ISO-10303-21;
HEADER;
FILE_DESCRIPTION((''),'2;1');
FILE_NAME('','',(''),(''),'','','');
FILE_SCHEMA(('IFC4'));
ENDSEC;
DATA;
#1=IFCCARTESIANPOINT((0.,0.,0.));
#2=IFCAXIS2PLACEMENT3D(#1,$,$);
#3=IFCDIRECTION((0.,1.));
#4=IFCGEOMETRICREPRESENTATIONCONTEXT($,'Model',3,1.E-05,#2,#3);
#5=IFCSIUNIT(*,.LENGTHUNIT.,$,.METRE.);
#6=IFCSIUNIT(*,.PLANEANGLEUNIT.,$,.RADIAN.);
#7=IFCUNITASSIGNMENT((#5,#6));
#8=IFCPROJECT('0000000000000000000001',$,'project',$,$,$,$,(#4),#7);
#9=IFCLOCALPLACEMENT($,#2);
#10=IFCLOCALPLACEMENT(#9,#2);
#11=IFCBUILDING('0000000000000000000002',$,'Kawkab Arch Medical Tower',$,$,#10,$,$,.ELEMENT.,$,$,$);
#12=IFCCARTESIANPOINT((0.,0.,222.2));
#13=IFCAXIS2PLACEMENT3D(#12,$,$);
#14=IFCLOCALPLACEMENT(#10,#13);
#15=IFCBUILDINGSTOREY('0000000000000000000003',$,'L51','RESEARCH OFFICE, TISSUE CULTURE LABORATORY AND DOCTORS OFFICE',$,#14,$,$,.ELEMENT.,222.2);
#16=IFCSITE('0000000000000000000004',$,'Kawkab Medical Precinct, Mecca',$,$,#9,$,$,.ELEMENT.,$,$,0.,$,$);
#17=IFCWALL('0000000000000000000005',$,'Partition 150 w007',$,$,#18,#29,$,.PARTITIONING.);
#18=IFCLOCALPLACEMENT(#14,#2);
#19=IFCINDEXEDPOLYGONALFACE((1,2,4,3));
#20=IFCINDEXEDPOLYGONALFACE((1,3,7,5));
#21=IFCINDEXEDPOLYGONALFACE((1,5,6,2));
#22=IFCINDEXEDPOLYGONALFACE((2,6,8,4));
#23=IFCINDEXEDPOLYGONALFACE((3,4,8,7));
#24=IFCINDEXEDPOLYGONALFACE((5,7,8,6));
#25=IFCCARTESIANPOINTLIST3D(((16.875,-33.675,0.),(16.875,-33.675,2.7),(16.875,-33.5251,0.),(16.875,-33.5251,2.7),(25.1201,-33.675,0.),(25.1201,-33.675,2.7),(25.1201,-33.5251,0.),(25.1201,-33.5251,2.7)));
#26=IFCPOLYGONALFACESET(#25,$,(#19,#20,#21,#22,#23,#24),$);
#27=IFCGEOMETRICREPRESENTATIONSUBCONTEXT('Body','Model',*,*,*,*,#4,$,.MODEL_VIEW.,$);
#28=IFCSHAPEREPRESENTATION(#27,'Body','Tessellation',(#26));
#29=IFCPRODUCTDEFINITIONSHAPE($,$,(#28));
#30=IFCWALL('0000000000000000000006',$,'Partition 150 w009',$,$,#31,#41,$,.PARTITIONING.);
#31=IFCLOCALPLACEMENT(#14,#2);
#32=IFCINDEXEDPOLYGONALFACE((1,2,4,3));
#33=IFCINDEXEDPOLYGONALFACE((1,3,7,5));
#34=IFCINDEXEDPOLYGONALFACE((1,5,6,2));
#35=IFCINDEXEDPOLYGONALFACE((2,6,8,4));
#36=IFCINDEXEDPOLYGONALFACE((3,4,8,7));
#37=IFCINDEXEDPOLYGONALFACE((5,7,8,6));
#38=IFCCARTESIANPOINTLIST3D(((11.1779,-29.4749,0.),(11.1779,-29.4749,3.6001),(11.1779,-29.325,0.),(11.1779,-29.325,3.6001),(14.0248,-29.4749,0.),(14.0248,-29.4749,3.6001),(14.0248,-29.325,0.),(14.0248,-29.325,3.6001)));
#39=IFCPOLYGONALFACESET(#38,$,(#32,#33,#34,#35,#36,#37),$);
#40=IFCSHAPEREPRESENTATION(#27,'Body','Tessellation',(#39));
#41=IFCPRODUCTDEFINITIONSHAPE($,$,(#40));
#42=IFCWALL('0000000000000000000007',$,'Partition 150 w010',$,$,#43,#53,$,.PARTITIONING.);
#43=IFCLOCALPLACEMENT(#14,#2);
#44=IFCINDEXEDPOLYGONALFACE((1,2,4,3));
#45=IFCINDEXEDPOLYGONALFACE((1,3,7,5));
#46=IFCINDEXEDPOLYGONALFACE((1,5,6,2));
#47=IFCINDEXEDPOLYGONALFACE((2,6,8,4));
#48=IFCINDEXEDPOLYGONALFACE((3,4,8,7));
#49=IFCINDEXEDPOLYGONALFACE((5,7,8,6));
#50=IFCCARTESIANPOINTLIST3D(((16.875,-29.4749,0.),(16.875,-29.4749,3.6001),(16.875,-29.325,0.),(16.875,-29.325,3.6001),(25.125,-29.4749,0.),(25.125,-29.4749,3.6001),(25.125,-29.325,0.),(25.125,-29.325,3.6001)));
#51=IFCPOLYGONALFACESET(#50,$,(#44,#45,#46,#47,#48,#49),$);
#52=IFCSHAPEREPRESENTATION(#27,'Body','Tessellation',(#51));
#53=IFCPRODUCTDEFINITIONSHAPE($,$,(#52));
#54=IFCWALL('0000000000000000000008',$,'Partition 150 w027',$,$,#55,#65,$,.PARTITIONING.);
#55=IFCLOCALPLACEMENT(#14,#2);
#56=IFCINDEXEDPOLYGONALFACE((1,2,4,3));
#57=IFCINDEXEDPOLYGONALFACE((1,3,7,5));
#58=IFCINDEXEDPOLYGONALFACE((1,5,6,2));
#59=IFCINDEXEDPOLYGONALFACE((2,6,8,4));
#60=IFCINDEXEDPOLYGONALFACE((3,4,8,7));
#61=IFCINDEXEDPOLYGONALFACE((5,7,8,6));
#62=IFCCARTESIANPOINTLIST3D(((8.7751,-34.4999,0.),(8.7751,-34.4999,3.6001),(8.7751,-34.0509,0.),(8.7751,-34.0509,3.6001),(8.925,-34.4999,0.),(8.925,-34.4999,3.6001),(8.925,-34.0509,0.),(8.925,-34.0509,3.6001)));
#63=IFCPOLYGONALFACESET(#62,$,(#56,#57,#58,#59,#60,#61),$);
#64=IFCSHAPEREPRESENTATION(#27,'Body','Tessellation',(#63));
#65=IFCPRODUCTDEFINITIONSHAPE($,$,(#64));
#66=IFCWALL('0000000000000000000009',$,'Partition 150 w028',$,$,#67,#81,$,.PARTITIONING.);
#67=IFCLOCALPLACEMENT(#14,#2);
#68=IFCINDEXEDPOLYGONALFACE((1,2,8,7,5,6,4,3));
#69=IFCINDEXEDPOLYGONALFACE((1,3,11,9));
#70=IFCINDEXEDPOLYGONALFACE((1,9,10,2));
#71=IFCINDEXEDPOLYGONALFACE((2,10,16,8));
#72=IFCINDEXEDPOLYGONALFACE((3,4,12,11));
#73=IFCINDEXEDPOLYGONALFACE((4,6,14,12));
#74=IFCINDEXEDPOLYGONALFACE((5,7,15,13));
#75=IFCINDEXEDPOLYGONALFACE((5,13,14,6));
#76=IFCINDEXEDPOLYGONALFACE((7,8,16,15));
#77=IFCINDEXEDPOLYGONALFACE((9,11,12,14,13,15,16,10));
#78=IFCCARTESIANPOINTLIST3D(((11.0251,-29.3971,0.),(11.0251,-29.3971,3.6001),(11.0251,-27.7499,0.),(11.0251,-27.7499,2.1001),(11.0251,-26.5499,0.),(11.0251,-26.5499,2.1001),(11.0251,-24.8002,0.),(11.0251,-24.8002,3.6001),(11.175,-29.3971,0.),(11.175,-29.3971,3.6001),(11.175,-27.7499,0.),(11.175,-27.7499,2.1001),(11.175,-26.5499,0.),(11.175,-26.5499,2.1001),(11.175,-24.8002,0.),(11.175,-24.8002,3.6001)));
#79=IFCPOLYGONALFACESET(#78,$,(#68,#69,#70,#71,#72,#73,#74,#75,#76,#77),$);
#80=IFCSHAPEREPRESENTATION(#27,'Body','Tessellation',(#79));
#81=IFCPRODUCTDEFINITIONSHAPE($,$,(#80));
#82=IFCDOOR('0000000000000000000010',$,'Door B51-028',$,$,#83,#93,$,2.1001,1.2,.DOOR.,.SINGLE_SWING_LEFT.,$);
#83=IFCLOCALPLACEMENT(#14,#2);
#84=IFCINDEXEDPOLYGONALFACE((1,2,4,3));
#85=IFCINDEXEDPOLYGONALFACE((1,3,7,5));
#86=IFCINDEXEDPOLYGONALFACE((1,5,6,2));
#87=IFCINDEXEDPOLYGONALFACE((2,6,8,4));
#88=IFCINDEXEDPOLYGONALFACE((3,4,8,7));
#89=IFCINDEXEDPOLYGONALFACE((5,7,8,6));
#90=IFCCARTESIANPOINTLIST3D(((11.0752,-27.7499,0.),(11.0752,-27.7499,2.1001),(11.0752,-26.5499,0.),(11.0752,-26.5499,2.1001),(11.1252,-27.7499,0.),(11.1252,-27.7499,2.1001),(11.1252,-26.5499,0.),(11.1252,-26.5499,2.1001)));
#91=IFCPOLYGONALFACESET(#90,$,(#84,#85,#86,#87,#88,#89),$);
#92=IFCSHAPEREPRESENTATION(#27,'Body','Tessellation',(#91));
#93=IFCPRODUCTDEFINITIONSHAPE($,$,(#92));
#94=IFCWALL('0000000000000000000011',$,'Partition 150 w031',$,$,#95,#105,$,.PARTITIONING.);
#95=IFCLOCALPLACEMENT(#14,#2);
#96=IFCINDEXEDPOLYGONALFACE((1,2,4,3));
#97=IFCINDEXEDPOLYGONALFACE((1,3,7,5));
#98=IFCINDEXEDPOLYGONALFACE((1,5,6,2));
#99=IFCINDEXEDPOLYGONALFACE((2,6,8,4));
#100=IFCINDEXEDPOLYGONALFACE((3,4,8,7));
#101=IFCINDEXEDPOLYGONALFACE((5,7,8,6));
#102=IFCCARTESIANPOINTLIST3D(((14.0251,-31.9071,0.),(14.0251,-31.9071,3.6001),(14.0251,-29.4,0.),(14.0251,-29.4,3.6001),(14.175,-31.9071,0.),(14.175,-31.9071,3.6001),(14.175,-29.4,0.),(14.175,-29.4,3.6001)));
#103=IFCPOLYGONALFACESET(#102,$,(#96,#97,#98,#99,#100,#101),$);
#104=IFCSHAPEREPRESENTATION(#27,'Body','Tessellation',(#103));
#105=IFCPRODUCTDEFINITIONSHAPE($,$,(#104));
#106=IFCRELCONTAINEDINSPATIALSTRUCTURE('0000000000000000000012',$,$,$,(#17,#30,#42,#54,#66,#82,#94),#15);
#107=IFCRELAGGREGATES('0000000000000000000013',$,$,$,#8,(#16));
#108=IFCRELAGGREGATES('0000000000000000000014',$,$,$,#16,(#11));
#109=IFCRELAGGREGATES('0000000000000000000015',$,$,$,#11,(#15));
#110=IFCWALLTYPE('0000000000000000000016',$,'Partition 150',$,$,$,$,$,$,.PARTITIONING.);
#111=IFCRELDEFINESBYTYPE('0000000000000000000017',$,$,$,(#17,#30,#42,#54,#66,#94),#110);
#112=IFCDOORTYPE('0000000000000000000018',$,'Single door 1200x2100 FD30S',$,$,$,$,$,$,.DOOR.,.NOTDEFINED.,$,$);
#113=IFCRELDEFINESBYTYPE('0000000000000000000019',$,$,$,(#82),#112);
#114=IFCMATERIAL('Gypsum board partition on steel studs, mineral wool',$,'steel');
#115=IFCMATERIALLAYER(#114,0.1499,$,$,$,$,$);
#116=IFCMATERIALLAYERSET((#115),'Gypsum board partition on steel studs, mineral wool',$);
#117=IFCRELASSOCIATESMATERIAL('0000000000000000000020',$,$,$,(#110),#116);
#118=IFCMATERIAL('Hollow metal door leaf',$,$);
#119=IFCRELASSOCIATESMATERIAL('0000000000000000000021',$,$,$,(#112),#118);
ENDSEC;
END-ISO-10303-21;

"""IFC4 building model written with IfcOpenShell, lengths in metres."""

from ifc_helpers import new_model, si_unit, direction, frame, frame_2d, origin, place, context, subcontext, project, spatial, rectangle, extrude, material, layer, layer_set, type_object, element, fill, save


model = new_model("IFC4")

# Units and contexts
model_context = context("Model", 3, precision=1e-05, world=origin(), true_north=direction((0.0, 1.0)))
body_context = subcontext(model_context, "Body", "Model", "MODEL_VIEW")
ifc_project = project(units=[si_unit("LENGTHUNIT", "METRE"), si_unit("PLANEANGLEUNIT", "RADIAN")], contexts=[model_context])

# Site, building, storey
site_placement = place(None, origin())
site = spatial("IfcSite", under=ifc_project, at=site_placement, Name="Kawkab Medical Precinct, Mecca", CompositionType="ELEMENT", RefElevation=0.0)
building_placement = place(site_placement, origin())
building = spatial("IfcBuilding", under=site, at=building_placement, Name="Kawkab Arch Medical Tower", CompositionType="ELEMENT")
storey_placement = place(building_placement, frame((0.0, 0.0, 222.2)))
storey = spatial("IfcBuildingStorey", under=building, at=storey_placement, Name="L51", Description="RESEARCH OFFICE, TISSUE CULTURE LABORATORY AND DOCTORS OFFICE", CompositionType="ELEMENT", Elevation=222.2)

# Shared definitions
ifc_material_1 = material(Name="Gypsum board partition on steel studs, mineral wool", Category="steel")
ifc_layer_1 = layer(ifc_material_1, 0.1499)
ifc_layer_set_1 = layer_set([ifc_layer_1], Name="Gypsum board partition on steel studs, mineral wool")
wall_type_1 = type_object("IfcWallType", Name="Partition 150", PredefinedType="PARTITIONING", material=ifc_layer_set_1)

# Walls
wall_1_placement = place(storey_placement, frame((16.875, -33.6001, 0.0), z_axis=(0.0, 0.0, 1.0), x_axis=(1.0, 0.0, 0.0)))
element("IfcWall", 1, at=wall_1_placement, inside=storey, type_object=wall_type_1, Name="Partition 150 w007", PredefinedType="PARTITIONING", context=body_context, shape_type="SweptSolid", body=[
    extrude(rectangle(XDim=8.2451, YDim=0.1499, at=frame_2d((4.1226, 0.0))), origin(), (0.0, 0.0, 1.0), 2.7),
])
wall_2_placement = place(storey_placement, frame((11.178, -29.3999, 0.0), z_axis=(0.0, 0.0, 1.0), x_axis=(1.0, 0.0, 0.0)))
element("IfcWall", 2, at=wall_2_placement, inside=storey, type_object=wall_type_1, Name="Partition 150 w009", PredefinedType="PARTITIONING", context=body_context, shape_type="SweptSolid", body=[
    extrude(rectangle(XDim=2.8469, YDim=0.1499, at=frame_2d((1.4233, 0.0))), origin(), (0.0, 0.0, 1.0), 3.6001),
])
wall_3_placement = place(storey_placement, frame((16.875, -29.3999, 0.0), z_axis=(0.0, 0.0, 1.0), x_axis=(1.0, 0.0, 0.0)))
element("IfcWall", 3, at=wall_3_placement, inside=storey, type_object=wall_type_1, Name="Partition 150 w010", PredefinedType="PARTITIONING", context=body_context, shape_type="SweptSolid", body=[
    extrude(rectangle(XDim=8.25, YDim=0.1499, at=frame_2d((4.125, 0.0))), origin(), (0.0, 0.0, 1.0), 3.6001),
])
wall_4_placement = place(storey_placement, frame((8.8501, -34.5, 0.0), z_axis=(0.0, 0.0, 1.0), x_axis=(0.0, 1.0, 0.0)))
element("IfcWall", 4, at=wall_4_placement, inside=storey, type_object=wall_type_1, Name="Partition 150 w027", PredefinedType="PARTITIONING", context=body_context, shape_type="SweptSolid", body=[
    extrude(rectangle(XDim=0.449, YDim=0.1499, at=frame_2d((0.2246, 0.0))), origin(), (0.0, 0.0, 1.0), 3.6001),
])

# Wall, opening, door
wall_5_placement = place(storey_placement, frame((11.1001, -29.397, 0.0), z_axis=(0.0, 0.0, 1.0), x_axis=(0.0, 1.0, 0.0)))
wall_5 = element("IfcWall", 5, at=wall_5_placement, inside=storey, type_object=wall_type_1, Name="Partition 150 w028", PredefinedType="PARTITIONING", context=body_context, shape_type="SweptSolid", body=[
    extrude(rectangle(XDim=4.5969, YDim=0.1499, at=frame_2d((2.2983, 0.0))), origin(), (0.0, 0.0, 1.0), 3.6001),
])
opening_1_placement = place(wall_5_placement, frame((1.647, 0.0, 0.0)))
opening_1 = element("IfcOpeningElement", 6, at=opening_1_placement, cuts=wall_5, PredefinedType="OPENING", context=body_context, shape_type="SweptSolid", body=[
    extrude(rectangle(XDim=1.2, YDim=2.1001, at=frame_2d((0.6001, 1.05))), frame((0.0, 0.085, 0.0), z_axis=(0.0, -1.0, 0.0), x_axis=(1.0, 0.0, 0.0)), (0.0, 0.0, 1.0), 0.1699),
])
ifc_material_2 = material(Name="Hollow metal door leaf")
door_type_1 = type_object("IfcDoorType", Name="Single door 1200x2100 FD30S", OperationType="NOTDEFINED", PredefinedType="DOOR", material=ifc_material_2)
door_1_placement = place(opening_1_placement, origin())
door_1 = element("IfcDoor", 7, at=door_1_placement, inside=storey, type_object=door_type_1, Name="Door B51-028", OperationType="SINGLE_SWING_LEFT", OverallHeight=2.1001, OverallWidth=1.2, PredefinedType="DOOR", context=body_context, shape_type="SweptSolid", body=[
    extrude(rectangle(XDim=1.2, YDim=2.1001, at=frame_2d((0.6001, 1.05))), frame((0.0, 0.0249, 0.0), z_axis=(0.0, -1.0, 0.0), x_axis=(1.0, 0.0, 0.0)), (0.0, 0.0, 1.0), 0.05),
])
fill(opening_1, door_1)

# Wall
wall_6_placement = place(storey_placement, frame((14.1001, -31.907, 0.0), z_axis=(0.0, 0.0, 1.0), x_axis=(0.0, 1.0, 0.0)))
element("IfcWall", 8, at=wall_6_placement, inside=storey, type_object=wall_type_1, Name="Partition 150 w031", PredefinedType="PARTITIONING", context=body_context, shape_type="SweptSolid", body=[
    extrude(rectangle(XDim=2.5071, YDim=0.1499, at=frame_2d((1.2534, 0.0))), origin(), (0.0, 0.0, 1.0), 3.6001),
])

save(model, "model.ifc")
